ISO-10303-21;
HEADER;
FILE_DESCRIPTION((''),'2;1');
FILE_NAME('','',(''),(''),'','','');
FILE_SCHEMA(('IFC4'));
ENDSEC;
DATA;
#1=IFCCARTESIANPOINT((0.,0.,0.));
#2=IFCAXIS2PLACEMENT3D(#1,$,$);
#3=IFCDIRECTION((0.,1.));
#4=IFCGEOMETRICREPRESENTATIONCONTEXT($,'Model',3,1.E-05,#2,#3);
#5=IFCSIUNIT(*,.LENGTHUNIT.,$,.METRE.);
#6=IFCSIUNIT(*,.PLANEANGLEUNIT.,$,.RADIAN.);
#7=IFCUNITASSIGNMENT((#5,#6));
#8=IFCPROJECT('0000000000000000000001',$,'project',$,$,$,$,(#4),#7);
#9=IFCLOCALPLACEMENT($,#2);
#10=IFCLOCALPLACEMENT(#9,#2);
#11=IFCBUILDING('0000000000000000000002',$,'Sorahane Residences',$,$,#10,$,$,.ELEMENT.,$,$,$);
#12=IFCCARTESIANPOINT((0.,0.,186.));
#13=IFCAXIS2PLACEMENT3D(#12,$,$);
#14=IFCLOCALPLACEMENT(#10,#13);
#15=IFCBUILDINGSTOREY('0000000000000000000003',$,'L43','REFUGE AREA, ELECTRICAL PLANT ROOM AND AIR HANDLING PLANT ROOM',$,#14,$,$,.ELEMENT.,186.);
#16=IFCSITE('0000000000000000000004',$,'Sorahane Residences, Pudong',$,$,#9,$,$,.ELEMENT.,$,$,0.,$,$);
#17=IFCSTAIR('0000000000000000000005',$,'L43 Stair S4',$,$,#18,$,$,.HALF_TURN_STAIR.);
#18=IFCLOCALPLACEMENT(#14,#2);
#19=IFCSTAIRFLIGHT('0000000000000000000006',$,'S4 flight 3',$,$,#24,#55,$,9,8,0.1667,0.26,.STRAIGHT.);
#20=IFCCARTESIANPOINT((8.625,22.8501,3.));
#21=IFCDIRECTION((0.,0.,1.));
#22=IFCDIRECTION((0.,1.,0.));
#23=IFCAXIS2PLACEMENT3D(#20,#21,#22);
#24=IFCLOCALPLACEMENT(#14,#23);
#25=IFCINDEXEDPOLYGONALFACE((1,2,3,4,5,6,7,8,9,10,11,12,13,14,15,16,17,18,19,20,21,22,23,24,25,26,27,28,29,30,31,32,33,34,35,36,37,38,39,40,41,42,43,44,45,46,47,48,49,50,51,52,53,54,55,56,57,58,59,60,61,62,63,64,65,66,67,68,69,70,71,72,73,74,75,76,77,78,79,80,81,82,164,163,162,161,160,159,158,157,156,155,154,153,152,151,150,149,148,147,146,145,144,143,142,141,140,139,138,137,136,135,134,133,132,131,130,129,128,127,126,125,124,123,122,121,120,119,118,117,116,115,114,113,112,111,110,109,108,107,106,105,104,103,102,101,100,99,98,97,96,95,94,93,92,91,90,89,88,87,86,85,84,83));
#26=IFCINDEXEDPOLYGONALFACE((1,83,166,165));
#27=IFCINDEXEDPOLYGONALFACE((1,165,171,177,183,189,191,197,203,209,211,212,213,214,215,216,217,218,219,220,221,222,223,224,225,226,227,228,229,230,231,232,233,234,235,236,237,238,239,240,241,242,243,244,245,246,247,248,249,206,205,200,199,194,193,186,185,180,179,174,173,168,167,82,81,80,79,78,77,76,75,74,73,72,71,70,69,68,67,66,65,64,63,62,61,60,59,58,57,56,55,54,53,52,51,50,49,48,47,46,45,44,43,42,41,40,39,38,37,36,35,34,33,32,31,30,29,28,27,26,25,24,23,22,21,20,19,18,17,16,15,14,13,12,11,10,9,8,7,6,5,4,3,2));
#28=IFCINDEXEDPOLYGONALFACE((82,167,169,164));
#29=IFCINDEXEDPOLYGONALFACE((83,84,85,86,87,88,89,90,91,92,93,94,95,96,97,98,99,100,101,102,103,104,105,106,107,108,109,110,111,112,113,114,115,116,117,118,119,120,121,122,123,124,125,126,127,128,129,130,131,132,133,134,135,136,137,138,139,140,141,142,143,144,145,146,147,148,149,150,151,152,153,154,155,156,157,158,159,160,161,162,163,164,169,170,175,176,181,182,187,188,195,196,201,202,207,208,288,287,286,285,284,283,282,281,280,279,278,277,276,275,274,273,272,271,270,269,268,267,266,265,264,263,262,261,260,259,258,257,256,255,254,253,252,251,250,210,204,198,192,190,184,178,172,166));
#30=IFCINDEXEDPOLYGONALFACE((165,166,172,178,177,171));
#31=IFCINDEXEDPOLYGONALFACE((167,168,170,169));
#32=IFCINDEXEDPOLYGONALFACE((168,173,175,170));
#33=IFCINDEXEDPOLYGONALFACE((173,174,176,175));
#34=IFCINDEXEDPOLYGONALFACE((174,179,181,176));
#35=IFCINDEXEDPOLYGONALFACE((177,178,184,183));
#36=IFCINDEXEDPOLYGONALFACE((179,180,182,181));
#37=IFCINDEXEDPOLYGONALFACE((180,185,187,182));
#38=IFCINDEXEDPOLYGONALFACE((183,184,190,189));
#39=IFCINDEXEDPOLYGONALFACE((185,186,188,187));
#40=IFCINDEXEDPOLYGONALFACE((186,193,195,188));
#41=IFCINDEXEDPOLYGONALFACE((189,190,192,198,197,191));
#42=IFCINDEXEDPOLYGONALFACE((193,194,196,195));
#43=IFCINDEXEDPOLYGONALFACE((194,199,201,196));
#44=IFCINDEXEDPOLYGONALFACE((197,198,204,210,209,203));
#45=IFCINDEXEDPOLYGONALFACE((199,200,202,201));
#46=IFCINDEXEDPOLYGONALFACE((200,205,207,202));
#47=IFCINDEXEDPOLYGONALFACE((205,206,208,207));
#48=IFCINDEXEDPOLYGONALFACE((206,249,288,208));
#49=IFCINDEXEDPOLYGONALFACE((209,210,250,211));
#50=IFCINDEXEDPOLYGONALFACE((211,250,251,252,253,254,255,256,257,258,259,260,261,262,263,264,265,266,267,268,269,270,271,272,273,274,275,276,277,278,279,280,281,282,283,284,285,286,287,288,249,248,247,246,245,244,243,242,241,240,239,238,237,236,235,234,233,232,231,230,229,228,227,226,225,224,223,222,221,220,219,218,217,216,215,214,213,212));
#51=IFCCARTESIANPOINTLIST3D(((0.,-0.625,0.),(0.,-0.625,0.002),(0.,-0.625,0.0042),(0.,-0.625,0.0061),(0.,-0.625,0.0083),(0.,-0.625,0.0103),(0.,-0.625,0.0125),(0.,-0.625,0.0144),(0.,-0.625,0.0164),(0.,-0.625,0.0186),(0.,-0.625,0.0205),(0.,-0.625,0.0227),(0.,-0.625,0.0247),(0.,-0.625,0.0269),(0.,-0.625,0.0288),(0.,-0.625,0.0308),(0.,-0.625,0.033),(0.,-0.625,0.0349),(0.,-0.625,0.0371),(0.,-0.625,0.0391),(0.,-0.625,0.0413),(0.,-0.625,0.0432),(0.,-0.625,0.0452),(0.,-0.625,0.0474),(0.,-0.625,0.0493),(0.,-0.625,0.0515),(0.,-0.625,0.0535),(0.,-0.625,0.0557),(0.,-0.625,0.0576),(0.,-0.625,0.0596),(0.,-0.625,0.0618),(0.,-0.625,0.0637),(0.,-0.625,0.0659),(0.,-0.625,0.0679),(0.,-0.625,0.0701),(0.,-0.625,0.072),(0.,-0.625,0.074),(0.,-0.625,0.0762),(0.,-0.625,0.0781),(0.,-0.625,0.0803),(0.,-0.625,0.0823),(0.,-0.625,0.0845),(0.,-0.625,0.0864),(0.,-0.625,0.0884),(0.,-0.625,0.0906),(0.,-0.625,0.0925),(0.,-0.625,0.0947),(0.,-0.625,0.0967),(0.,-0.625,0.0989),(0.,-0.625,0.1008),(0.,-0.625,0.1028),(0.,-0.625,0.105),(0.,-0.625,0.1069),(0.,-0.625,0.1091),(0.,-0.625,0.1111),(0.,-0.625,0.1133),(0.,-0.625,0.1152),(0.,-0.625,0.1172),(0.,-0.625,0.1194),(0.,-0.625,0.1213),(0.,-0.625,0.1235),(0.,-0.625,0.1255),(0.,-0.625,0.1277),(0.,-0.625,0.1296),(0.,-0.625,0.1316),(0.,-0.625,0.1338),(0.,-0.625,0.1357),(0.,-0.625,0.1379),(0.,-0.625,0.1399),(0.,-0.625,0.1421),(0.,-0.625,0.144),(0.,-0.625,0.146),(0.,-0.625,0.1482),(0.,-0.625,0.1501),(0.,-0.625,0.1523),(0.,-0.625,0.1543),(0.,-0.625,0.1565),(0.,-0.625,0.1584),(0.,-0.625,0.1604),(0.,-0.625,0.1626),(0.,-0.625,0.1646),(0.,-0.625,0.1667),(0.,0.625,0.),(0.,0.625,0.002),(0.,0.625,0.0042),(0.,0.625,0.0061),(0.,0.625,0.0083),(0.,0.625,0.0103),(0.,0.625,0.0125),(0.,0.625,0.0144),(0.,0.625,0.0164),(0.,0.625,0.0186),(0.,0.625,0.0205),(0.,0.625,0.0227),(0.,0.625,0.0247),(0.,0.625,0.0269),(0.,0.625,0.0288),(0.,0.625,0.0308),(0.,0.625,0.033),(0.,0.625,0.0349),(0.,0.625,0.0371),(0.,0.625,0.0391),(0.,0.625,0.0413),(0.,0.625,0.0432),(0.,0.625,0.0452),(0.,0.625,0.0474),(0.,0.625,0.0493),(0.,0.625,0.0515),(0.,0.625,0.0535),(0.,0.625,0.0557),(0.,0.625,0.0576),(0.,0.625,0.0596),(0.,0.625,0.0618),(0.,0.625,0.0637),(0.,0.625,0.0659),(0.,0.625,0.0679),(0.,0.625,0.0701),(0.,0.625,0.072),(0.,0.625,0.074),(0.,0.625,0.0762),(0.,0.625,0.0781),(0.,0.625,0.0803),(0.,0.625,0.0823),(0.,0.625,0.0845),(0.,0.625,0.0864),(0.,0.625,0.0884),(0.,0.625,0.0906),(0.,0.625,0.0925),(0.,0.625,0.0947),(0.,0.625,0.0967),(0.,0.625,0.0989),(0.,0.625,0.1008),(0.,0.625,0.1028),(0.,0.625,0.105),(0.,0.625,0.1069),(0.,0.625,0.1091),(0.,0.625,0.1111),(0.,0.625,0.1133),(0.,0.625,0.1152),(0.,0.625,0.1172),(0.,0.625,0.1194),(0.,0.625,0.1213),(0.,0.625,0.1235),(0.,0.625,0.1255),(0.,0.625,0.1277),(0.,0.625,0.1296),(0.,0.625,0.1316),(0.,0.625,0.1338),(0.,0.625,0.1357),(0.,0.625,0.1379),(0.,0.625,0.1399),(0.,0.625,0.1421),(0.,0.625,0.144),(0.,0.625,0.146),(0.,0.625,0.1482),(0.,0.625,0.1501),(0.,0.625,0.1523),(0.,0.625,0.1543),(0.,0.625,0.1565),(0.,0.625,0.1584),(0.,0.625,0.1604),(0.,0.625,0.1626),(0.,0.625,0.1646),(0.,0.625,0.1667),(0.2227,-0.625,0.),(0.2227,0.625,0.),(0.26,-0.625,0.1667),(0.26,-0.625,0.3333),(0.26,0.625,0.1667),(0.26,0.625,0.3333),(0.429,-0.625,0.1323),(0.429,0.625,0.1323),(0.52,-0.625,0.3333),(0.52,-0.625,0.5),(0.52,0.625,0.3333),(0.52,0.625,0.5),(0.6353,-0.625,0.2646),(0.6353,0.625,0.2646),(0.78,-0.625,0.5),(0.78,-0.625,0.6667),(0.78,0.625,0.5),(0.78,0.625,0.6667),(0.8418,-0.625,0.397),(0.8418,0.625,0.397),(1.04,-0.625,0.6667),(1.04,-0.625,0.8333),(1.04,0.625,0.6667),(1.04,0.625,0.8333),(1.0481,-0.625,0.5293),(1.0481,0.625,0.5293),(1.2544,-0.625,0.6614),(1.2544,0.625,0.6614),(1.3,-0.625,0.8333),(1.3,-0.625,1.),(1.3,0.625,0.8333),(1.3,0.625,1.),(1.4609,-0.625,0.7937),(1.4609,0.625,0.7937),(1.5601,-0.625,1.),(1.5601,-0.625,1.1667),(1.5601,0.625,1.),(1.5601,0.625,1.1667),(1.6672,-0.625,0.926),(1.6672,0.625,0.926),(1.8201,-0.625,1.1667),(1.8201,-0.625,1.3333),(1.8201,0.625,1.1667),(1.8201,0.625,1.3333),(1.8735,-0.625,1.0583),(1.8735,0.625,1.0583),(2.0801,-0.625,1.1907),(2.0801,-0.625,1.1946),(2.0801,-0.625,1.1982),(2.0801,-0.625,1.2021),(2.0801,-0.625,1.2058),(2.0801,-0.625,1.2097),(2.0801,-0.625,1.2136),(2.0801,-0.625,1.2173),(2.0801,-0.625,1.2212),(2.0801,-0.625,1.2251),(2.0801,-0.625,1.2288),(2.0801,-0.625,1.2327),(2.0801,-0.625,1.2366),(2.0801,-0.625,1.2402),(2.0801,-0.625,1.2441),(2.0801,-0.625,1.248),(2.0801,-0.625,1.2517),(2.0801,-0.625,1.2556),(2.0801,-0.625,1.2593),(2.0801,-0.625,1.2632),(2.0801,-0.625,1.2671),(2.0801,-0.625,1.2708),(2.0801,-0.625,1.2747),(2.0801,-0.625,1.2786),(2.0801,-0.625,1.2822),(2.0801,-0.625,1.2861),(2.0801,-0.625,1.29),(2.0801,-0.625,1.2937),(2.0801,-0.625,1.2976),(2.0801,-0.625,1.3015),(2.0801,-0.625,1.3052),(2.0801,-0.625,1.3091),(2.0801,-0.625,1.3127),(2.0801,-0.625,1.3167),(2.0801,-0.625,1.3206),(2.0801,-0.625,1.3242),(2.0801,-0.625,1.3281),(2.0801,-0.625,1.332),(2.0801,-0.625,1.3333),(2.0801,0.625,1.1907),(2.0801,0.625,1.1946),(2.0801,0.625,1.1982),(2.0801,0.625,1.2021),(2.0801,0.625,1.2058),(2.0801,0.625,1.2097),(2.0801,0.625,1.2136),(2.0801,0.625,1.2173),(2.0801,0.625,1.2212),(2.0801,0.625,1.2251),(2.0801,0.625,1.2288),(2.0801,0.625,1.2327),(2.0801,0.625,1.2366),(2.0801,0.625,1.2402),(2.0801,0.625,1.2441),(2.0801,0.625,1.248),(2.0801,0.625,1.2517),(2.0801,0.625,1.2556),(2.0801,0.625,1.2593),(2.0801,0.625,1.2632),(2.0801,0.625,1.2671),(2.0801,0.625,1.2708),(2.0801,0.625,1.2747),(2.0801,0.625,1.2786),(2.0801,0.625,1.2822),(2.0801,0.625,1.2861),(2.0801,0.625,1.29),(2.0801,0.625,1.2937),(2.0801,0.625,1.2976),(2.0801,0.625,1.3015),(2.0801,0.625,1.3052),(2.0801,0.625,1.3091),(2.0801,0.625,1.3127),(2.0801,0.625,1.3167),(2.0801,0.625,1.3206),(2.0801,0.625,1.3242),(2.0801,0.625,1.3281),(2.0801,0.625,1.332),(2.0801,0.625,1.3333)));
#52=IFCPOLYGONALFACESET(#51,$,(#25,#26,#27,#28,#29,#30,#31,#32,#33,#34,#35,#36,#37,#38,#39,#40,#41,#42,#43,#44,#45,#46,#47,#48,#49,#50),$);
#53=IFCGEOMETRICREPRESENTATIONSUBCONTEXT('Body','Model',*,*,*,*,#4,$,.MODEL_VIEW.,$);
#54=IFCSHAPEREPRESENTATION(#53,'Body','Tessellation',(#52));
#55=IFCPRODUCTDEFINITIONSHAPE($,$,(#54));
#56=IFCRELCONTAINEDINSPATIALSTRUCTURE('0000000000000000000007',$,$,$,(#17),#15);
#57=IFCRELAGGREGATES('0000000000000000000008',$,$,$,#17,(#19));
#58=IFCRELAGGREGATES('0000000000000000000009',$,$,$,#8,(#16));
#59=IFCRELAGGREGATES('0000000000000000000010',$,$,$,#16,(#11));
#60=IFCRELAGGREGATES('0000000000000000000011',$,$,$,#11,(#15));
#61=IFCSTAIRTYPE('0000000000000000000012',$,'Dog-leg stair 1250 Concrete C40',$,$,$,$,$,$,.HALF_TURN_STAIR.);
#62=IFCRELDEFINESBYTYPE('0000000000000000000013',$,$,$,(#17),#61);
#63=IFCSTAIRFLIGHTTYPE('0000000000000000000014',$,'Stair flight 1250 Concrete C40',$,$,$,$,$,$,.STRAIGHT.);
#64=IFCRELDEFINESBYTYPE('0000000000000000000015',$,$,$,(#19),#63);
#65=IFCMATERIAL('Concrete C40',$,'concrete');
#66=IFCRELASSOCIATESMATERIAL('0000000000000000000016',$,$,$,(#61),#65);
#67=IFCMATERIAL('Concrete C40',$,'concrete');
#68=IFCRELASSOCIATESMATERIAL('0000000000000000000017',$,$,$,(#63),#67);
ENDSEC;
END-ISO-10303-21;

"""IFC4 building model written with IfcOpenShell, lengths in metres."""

from ifc_helpers import new_model, si_unit, direction, frame, origin, place, context, subcontext, project, spatial, polyline, outline, extrude, material, type_object, element, aggregate, save


model = new_model("IFC4")

# Units and contexts
model_context = context("Model", 3, precision=1e-05, world=origin(), true_north=direction((0.0, 1.0)))
body_context = subcontext(model_context, "Body", "Model", "MODEL_VIEW")
ifc_project = project(units=[si_unit("LENGTHUNIT", "METRE"), si_unit("PLANEANGLEUNIT", "RADIAN")], contexts=[model_context])

# Site, building, storey
site_placement = place(None, origin())
site = spatial("IfcSite", under=ifc_project, at=site_placement, Name="Sorahane Residences, Pudong", CompositionType="ELEMENT", RefElevation=0.0)
building_placement = place(site_placement, origin())
building = spatial("IfcBuilding", under=site, at=building_placement, Name="Sorahane Residences", CompositionType="ELEMENT")
storey_placement = place(building_placement, frame((0.0, 0.0, 186.0)))
storey = spatial("IfcBuildingStorey", under=building, at=storey_placement, Name="L43", Description="REFUGE AREA, ELECTRICAL PLANT ROOM AND AIR HANDLING PLANT ROOM", CompositionType="ELEMENT", Elevation=186.0)

# Stair, stair flight
ifc_material_1 = material(Name="Concrete C40", Category="concrete")
stair_type = type_object("IfcStairType", Name="Dog-leg stair 1250 Concrete C40", PredefinedType="HALF_TURN_STAIR", material=ifc_material_1)
stair_placement = place(storey_placement, origin())
stair = element("IfcStair", 1, at=stair_placement, inside=storey, type_object=stair_type, Name="L43 Stair S4", PredefinedType="HALF_TURN_STAIR")
ifc_material_2 = material(Name="Concrete C40", Category="concrete")
stair_flight_type = type_object("IfcStairFlightType", Name="Stair flight 1250 Concrete C40", PredefinedType="STRAIGHT", material=ifc_material_2)
stair_flight_1_placement = place(storey_placement, frame((8.625, 22.8501, 3.0), z_axis=(0.0, 0.0, 1.0), x_axis=(0.0, 1.0, 0.0)))
stair_flight_1 = element("IfcStairFlight", 2, at=stair_flight_1_placement, type_object=stair_flight_type, Name="S4 flight 3", NumberOfRisers=9, NumberOfTreads=8, PredefinedType="STRAIGHT", RiserHeight=0.1667, TreadLength=0.26, context=body_context, shape_type="SweptSolid", body=[
    extrude(outline(polyline([(0.0, 0.0), (0.0, 0.002), (0.0, 0.0042), (0.0, 0.0061), (0.0, 0.0083), (0.0, 0.0103), (0.0, 0.0125), (0.0, 0.0144), (0.0, 0.0164), (0.0, 0.0186), (0.0, 0.0205), (0.0, 0.0227), (0.0, 0.0247), (0.0, 0.0269), (0.0, 0.0288), (0.0, 0.0308), (0.0, 0.033), (0.0, 0.0349), (0.0, 0.0371), (0.0, 0.0391), (0.0, 0.0413), (0.0, 0.0432), (0.0, 0.0452), (0.0, 0.0474), (0.0, 0.0493), (0.0, 0.0515), (0.0, 0.0535), (0.0, 0.0557), (0.0, 0.0576), (0.0, 0.0596), (0.0, 0.0618), (0.0, 0.0637), (0.0, 0.0659), (0.0, 0.0679), (0.0, 0.0701), (0.0, 0.072), (0.0, 0.074), (0.0, 0.0762), (0.0, 0.0781), (0.0, 0.0803), (0.0, 0.0823), (0.0, 0.0845), (0.0, 0.0864), (0.0, 0.0884), (0.0, 0.0906), (0.0, 0.0925), (0.0, 0.0947), (0.0, 0.0967), (0.0, 0.0989), (0.0, 0.1008), (0.0, 0.1028), (0.0, 0.105), (0.0, 0.1069), (0.0, 0.1091), (0.0, 0.1111), (0.0, 0.1133), (0.0, 0.1152), (0.0, 0.1172), (0.0, 0.1194), (0.0, 0.1213), (0.0, 0.1235), (0.0, 0.1255), (0.0, 0.1277), (0.0, 0.1296), (0.0, 0.1316), (0.0, 0.1338), (0.0, 0.1357), (0.0, 0.1379), (0.0, 0.1399), (0.0, 0.1421), (0.0, 0.144), (0.0, 0.146), (0.0, 0.1482), (0.0, 0.1501), (0.0, 0.1523), (0.0, 0.1543), (0.0, 0.1565), (0.0, 0.1584), (0.0, 0.1604), (0.0, 0.1626), (0.0, 0.1646), (0.0, 0.1667), (0.26, 0.1667), (0.26, 0.3333), (0.52, 0.3333), (0.52, 0.5), (0.78, 0.5), (0.78, 0.6667), (1.04, 0.6667), (1.04, 0.8333), (1.3, 0.8333), (1.3, 1.0), (1.5601, 1.0), (1.5601, 1.1667), (1.8201, 1.1667), (1.8201, 1.3333), (2.0801, 1.3333), (2.0801, 1.5), (2.0801, 1.4961), (2.0801, 1.4924), (2.0801, 1.4885), (2.0801, 1.4846), (2.0801, 1.481), (2.0801, 1.4771), (2.0801, 1.4731), (2.0801, 1.4695), (2.0801, 1.4656), (2.0801, 1.4619), (2.0801, 1.458), (2.0801, 1.4541), (2.0801, 1.4504), (2.0801, 1.4465), (2.0801, 1.4426), (2.0801, 1.439), (2.0801, 1.4351), (2.0801, 1.4312), (2.0801, 1.4275), (2.0801, 1.4236), (2.0801, 1.4197), (2.0801, 1.416), (2.0801, 1.4121), (2.0801, 1.4084), (2.0801, 1.4045), (2.0801, 1.4006), (2.0801, 1.397), (2.0801, 1.3931), (2.0801, 1.3892), (2.0801, 1.3855), (2.0801, 1.3816), (2.0801, 1.3777), (2.0801, 1.374), (2.0801, 1.3701), (2.0801, 1.3662), (2.0801, 1.3625), (2.0801, 1.3586), (2.0801, 1.355), (2.0801, 1.3511), (2.0801, 1.3472), (2.0801, 1.3435), (2.0801, 1.3396), (2.0801, 1.3357), (2.0801, 1.332), (2.0801, 1.3281), (2.0801, 1.3242), (2.0801, 1.3206), (2.0801, 1.3167), (2.0801, 1.3127), (2.0801, 1.3091), (2.0801, 1.3052), (2.0801, 1.3015), (2.0801, 1.2976), (2.0801, 1.2937), (2.0801, 1.29), (2.0801, 1.2861), (2.0801, 1.2822), (2.0801, 1.2786), (2.0801, 1.2747), (2.0801, 1.2708), (2.0801, 1.2671), (2.0801, 1.2632), (2.0801, 1.2593), (2.0801, 1.2556), (2.0801, 1.2517), (2.0801, 1.248), (2.0801, 1.2441), (2.0801, 1.2402), (2.0801, 1.2366), (2.0801, 1.2327), (2.0801, 1.2288), (2.0801, 1.2251), (2.0801, 1.2212), (2.0801, 1.2173), (2.0801, 1.2136), (2.0801, 1.2097), (2.0801, 1.2058), (2.0801, 1.2021), (2.0801, 1.1982), (2.0801, 1.1946), (2.0801, 1.1907), (1.8735, 1.0583), (1.6672, 0.926), (1.4609, 0.7937), (1.2544, 0.6614), (1.0481, 0.5293), (0.8418, 0.397), (0.6353, 0.2646), (0.429, 0.1323), (0.2227, 0.0), (0.0, 0.0)])), frame((0.0, 0.625, 0.0), z_axis=(0.0, -1.0, 0.0), x_axis=(1.0, 0.0, 0.0)), (0.0, 0.0, 1.0), 1.25),
])
aggregate(stair, [stair_flight_1])

save(model, "model.ifc")
